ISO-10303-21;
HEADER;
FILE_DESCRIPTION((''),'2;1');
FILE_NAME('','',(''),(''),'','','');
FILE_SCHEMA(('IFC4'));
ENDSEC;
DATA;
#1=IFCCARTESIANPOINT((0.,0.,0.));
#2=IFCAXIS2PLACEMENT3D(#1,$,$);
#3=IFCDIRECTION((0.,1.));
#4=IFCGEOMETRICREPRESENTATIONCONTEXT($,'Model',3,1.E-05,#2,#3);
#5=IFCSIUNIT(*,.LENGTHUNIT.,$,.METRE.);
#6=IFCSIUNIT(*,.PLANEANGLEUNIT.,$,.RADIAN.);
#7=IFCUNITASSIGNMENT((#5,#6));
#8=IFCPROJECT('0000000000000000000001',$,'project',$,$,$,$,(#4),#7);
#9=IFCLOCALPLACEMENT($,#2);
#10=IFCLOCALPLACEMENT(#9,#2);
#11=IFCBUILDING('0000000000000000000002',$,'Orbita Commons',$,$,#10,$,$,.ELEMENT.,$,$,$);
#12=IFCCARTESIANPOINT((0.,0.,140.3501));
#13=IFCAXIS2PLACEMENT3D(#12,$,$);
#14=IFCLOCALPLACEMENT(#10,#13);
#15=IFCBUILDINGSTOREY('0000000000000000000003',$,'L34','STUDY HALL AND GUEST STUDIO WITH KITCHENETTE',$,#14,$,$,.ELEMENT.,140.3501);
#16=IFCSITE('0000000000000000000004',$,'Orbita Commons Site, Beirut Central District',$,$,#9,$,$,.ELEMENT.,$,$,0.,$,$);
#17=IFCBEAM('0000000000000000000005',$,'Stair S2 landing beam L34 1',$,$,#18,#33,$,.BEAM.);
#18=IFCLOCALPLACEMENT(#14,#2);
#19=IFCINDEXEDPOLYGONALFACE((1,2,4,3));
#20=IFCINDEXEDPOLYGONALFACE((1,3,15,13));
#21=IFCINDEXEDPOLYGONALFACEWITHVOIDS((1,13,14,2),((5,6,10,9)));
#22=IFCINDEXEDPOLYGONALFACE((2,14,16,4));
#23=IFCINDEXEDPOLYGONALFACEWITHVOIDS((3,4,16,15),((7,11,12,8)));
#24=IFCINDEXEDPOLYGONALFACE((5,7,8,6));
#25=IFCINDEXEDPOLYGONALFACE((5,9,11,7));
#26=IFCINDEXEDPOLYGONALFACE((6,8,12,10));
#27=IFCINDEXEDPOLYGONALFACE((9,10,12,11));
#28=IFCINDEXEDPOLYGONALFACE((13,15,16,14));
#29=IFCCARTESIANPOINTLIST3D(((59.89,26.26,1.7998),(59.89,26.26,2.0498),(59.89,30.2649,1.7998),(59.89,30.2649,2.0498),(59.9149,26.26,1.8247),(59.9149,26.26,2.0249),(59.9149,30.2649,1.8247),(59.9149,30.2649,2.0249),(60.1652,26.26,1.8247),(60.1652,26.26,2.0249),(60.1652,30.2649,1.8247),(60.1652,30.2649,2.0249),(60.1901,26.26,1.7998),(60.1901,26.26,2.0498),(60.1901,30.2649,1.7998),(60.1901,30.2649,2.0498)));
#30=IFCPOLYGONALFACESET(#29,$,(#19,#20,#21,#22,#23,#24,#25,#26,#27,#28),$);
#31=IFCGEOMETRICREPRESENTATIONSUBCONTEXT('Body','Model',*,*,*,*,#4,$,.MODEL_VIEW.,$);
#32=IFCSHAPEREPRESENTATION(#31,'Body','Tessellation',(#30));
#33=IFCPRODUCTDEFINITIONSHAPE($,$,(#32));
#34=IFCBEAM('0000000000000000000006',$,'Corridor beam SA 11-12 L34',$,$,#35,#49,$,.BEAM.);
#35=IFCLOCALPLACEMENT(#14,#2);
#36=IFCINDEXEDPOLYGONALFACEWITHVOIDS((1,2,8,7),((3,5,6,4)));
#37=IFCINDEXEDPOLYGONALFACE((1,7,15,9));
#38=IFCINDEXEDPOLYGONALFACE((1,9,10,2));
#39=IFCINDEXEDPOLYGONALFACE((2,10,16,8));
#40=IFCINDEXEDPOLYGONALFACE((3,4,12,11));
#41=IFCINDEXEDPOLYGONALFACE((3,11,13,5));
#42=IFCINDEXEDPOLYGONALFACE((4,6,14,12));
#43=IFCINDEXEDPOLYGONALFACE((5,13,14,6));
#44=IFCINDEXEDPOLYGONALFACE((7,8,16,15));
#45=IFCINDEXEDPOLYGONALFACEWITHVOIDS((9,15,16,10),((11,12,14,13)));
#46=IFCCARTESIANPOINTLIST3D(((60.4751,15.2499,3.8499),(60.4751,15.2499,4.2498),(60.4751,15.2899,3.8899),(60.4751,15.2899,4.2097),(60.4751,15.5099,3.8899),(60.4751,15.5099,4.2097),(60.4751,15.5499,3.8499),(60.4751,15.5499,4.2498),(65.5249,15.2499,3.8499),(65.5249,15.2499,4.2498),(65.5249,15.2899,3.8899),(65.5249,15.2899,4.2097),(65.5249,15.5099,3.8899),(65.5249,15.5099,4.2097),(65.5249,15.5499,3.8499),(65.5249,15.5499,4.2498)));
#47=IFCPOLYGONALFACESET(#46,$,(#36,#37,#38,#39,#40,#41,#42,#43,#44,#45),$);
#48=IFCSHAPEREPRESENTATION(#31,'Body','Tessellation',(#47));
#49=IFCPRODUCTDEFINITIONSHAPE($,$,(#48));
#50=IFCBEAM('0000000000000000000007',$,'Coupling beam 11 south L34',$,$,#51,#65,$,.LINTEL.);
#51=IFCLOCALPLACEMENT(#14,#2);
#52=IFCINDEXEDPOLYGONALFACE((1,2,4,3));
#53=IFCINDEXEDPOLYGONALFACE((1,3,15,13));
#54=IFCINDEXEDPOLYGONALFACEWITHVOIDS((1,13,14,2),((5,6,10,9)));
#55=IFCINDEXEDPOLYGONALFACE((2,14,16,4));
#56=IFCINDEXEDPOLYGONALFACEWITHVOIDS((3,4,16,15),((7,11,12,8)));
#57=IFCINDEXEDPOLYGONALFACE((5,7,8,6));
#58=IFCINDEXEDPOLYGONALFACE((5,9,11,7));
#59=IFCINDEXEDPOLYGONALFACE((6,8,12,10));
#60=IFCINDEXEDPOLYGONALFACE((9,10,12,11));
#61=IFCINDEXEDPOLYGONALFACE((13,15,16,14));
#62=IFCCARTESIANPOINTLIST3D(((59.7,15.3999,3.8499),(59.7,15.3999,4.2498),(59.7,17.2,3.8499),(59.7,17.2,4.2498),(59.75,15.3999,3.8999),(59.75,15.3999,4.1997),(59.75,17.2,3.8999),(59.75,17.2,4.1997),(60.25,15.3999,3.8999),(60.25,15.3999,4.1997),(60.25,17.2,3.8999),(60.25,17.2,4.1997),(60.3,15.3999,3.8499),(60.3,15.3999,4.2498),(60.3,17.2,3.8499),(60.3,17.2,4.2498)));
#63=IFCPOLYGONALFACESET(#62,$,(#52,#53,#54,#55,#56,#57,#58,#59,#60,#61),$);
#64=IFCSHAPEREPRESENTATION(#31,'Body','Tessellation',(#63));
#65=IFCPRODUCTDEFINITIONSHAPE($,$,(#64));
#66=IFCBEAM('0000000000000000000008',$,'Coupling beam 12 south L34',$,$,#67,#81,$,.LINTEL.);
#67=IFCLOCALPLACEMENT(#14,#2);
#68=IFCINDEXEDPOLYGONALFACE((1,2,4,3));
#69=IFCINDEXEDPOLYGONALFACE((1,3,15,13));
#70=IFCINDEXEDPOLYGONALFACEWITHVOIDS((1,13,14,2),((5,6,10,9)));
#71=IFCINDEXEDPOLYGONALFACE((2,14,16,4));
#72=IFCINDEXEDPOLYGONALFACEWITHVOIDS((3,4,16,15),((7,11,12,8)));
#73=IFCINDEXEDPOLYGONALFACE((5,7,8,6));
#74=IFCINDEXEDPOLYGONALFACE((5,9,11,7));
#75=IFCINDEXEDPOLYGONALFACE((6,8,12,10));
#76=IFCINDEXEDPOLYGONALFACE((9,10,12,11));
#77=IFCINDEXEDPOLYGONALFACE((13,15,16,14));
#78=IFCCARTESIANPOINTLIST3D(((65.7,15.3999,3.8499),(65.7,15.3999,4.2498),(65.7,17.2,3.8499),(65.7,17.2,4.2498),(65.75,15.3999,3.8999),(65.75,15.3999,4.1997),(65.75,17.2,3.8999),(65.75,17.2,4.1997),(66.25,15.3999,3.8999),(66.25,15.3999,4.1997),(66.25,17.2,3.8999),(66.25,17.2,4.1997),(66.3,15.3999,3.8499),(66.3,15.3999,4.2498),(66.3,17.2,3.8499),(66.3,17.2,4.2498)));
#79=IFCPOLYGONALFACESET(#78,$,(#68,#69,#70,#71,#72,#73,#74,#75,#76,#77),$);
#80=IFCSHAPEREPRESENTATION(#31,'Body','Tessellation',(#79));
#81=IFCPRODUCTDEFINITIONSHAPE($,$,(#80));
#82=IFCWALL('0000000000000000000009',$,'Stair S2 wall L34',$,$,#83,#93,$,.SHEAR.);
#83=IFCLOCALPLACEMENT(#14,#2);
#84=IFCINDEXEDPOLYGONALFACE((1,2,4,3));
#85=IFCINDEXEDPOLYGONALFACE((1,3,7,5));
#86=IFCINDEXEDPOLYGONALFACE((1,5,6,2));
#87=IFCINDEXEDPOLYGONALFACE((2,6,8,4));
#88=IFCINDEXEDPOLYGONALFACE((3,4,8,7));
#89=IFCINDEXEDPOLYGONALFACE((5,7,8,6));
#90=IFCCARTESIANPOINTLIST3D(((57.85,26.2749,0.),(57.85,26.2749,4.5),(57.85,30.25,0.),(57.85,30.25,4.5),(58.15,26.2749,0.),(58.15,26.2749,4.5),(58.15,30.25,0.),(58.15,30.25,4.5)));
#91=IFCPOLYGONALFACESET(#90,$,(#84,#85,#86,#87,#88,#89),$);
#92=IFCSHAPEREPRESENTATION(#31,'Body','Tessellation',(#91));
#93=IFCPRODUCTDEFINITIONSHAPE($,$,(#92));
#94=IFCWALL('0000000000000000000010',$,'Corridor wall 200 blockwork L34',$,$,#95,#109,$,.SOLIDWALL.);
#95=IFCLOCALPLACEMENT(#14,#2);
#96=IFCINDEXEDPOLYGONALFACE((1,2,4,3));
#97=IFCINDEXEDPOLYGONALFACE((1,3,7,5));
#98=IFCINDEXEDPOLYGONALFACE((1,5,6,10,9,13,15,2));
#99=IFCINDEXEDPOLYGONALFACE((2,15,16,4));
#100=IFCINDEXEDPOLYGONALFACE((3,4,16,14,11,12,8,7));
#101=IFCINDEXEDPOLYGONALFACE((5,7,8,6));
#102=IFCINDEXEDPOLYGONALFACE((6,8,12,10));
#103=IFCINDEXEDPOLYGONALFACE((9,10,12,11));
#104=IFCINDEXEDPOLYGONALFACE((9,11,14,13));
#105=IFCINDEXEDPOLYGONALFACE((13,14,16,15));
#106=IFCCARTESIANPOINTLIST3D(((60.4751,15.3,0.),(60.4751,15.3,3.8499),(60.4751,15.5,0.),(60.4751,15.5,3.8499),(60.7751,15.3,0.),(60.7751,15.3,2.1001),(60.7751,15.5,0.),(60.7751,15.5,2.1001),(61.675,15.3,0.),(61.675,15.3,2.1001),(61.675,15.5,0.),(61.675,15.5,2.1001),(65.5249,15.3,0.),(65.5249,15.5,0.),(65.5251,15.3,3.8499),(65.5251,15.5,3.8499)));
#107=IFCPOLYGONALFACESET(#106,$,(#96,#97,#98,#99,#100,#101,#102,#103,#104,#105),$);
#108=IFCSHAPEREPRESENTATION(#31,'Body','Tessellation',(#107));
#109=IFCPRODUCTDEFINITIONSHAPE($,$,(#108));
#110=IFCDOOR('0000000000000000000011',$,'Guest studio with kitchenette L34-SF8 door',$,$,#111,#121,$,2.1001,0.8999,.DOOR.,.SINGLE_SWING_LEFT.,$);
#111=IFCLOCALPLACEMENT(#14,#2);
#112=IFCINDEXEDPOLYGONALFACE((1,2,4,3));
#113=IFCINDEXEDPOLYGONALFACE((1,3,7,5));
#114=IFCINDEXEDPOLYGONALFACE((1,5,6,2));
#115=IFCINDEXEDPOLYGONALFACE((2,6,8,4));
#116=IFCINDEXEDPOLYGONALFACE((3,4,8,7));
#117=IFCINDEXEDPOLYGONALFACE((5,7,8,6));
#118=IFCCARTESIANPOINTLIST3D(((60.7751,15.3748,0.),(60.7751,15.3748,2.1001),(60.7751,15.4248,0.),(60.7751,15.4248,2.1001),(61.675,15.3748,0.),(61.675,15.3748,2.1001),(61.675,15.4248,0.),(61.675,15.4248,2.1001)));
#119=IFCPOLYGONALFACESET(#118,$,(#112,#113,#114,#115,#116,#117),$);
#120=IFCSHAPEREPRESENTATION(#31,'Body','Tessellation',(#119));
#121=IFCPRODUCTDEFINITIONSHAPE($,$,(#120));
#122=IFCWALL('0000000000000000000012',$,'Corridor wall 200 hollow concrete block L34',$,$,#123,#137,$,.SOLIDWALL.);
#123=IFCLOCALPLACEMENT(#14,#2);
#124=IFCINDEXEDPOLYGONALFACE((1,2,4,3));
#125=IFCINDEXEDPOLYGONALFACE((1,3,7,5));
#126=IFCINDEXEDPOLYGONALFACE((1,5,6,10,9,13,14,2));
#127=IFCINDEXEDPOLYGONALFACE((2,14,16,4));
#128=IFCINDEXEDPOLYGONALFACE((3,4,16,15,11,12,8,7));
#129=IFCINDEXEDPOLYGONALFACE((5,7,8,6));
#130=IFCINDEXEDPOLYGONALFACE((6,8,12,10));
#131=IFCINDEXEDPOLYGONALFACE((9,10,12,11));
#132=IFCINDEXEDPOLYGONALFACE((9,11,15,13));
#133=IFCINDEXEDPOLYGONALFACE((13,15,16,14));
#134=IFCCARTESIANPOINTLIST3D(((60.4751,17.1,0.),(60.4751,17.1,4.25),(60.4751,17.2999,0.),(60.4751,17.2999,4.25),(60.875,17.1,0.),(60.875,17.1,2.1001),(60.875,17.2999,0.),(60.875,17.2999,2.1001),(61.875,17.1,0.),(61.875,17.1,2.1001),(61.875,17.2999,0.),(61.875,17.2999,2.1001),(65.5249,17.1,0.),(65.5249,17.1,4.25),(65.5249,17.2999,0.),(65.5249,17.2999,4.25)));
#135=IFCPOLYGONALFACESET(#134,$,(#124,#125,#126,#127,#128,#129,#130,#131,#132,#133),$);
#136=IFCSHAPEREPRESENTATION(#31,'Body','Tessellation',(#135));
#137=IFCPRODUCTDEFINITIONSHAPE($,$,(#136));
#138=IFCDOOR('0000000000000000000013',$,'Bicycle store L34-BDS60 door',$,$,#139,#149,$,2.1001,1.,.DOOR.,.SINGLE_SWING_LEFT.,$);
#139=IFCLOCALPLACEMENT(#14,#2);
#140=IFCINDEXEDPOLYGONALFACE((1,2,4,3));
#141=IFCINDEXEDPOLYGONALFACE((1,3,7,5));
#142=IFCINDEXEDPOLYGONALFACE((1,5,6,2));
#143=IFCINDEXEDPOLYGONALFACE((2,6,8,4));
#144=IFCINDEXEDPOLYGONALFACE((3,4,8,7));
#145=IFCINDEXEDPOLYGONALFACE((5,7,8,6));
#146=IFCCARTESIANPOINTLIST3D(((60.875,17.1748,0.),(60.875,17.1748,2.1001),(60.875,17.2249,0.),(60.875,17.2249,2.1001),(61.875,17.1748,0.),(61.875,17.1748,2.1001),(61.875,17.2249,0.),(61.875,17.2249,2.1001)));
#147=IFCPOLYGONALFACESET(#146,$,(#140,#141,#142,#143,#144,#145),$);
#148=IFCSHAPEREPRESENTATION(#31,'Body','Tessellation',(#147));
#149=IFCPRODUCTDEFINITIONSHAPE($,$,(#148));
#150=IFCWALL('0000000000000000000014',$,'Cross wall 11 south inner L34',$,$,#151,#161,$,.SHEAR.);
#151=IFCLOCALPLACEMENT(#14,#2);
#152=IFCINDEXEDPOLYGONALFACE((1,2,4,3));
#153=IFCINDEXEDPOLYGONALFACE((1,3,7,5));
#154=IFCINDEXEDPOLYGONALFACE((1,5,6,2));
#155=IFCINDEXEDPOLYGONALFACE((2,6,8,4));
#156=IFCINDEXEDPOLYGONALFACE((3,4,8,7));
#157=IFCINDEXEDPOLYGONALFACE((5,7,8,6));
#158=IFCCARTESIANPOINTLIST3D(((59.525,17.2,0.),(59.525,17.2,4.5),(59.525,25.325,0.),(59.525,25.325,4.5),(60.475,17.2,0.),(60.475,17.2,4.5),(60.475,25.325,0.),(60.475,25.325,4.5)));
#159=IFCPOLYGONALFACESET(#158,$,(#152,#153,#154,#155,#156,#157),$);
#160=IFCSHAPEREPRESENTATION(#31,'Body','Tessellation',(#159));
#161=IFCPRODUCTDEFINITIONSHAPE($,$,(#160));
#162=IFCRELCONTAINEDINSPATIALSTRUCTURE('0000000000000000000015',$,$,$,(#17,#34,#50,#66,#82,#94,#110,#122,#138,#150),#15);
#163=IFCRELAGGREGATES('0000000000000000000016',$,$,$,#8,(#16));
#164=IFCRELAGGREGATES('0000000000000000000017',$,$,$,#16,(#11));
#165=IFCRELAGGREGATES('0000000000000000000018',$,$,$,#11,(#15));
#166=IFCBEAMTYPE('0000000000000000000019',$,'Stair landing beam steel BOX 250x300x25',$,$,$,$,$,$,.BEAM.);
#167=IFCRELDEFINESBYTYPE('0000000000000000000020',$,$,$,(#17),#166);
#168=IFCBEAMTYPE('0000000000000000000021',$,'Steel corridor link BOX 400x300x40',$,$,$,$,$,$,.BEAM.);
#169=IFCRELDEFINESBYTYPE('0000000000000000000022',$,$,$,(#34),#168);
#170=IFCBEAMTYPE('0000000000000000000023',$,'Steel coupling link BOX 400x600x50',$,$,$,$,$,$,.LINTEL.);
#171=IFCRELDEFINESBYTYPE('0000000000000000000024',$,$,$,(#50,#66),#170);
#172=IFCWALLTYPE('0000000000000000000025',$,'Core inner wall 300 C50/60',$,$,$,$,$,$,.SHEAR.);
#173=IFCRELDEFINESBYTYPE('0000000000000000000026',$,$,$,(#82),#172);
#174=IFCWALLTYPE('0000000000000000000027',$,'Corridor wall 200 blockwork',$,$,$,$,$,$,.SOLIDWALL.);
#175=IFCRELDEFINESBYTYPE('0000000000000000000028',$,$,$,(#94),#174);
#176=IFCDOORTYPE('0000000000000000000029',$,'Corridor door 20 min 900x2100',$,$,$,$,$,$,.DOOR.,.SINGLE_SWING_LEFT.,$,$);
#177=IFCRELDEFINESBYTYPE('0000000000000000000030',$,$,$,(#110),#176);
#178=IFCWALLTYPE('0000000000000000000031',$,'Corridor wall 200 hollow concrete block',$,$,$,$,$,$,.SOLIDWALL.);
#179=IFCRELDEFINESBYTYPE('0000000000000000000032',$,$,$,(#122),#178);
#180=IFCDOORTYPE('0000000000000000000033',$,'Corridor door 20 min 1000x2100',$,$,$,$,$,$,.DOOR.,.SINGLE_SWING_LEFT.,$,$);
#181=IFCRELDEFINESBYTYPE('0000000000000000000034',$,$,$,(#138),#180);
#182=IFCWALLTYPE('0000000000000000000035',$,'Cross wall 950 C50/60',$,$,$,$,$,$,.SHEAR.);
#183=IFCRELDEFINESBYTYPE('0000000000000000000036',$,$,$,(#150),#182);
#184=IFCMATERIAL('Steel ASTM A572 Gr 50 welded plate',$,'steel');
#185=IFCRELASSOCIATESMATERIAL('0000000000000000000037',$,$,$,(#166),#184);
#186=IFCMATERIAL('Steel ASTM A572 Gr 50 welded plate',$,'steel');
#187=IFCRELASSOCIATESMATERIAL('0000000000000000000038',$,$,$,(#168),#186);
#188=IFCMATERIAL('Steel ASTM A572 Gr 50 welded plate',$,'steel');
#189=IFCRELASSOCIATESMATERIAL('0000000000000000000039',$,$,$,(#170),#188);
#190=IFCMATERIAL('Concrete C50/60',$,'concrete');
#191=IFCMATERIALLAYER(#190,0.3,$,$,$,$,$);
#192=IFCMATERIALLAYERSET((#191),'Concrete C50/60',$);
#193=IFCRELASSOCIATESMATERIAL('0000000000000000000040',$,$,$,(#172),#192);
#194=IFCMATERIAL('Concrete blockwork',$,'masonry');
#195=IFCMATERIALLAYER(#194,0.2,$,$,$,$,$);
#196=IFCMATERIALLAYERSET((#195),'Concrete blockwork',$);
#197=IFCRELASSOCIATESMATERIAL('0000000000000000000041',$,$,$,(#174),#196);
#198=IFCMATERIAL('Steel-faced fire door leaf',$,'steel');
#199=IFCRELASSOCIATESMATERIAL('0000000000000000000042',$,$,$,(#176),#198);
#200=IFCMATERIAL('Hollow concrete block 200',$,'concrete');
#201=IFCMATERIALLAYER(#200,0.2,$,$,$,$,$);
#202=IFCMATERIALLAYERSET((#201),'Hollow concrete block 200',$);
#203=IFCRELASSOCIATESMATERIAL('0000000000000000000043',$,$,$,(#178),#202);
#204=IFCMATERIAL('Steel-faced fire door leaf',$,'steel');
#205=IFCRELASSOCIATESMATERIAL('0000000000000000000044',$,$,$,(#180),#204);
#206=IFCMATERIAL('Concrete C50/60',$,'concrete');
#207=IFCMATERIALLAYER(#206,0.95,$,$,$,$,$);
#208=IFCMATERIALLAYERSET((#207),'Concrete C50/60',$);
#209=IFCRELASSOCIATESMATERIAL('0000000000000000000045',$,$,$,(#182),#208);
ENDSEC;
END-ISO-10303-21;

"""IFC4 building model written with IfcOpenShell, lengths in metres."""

from ifc_helpers import new_model, si_unit, direction, frame, frame_2d, origin, origin_2d, place, context, subcontext, project, spatial, polyline, rectangle, hollow_rectangle, outline, extrude, material, layer, layer_set, material_profile, profile_set, type_object, element, fill, save


model = new_model("IFC4")

# Units and contexts
model_context = context("Model", 3, precision=1e-05, world=origin(), true_north=direction((0.0, 1.0)))
body_context = subcontext(model_context, "Body", "Model", "MODEL_VIEW")
ifc_project = project(units=[si_unit("LENGTHUNIT", "METRE"), si_unit("PLANEANGLEUNIT", "RADIAN")], contexts=[model_context])

# Site, building, storey
site_placement = place(None, origin())
site = spatial("IfcSite", under=ifc_project, at=site_placement, Name="Orbita Commons Site, Beirut Central District", CompositionType="ELEMENT", RefElevation=0.0)
building_placement = place(site_placement, origin())
building = spatial("IfcBuilding", under=site, at=building_placement, Name="Orbita Commons", CompositionType="ELEMENT")
storey_placement = place(building_placement, frame((0.0, 0.0, 140.3501)))
storey = spatial("IfcBuildingStorey", under=building, at=storey_placement, Name="L34", Description="STUDY HALL AND GUEST STUDIO WITH KITCHENETTE", CompositionType="ELEMENT", Elevation=140.3501)

# Beams
ifc_material_1 = material(Name="Steel ASTM A572 Gr 50 welded plate", Category="steel")
ifc_material_profile_1 = material_profile(ifc_material_1, hollow_rectangle(XDim=0.3, YDim=0.25, WallThickness=0.0249, at=origin_2d()), Name="BOX 250x300x25")
ifc_profile_set_1 = profile_set([ifc_material_profile_1], Name="Steel ASTM A572 Gr 50 welded plate")
beam_type_1 = type_object("IfcBeamType", Name="Stair landing beam steel BOX 250x300x25", PredefinedType="BEAM", material=ifc_profile_set_1)
beam_1_placement = place(storey_placement, frame((60.04, 26.26, 1.9248), z_axis=(0.0, 1.0, 0.0), x_axis=(-1.0, 0.0, 0.0)))
element("IfcBeam", 1, at=beam_1_placement, inside=storey, type_object=beam_type_1, Name="Stair S2 landing beam L34 1", PredefinedType="BEAM", context=body_context, shape_type="SweptSolid", body=[
    extrude(hollow_rectangle(XDim=0.3, YDim=0.25, WallThickness=0.0249, at=origin_2d()), origin(), (0.0, 0.0, 1.0), 4.0049),
])
ifc_material_2 = material(Name="Steel ASTM A572 Gr 50 welded plate", Category="steel")
ifc_material_profile_2 = material_profile(ifc_material_2, hollow_rectangle(XDim=0.3, YDim=0.3999, WallThickness=0.04, at=origin_2d()), Name="BOX 400x300x40")
ifc_profile_set_2 = profile_set([ifc_material_profile_2], Name="Steel ASTM A572 Gr 50 welded plate")
beam_type_2 = type_object("IfcBeamType", Name="Steel corridor link BOX 400x300x40", PredefinedType="BEAM", material=ifc_profile_set_2)
beam_2_placement = place(storey_placement, frame((60.4751, 15.3999, 4.0498), z_axis=(1.0, 0.0, 0.0), x_axis=(0.0, 1.0, 0.0)))
element("IfcBeam", 2, at=beam_2_placement, inside=storey, type_object=beam_type_2, Name="Corridor beam SA 11-12 L34", PredefinedType="BEAM", context=body_context, shape_type="SweptSolid", body=[
    extrude(hollow_rectangle(XDim=0.3, YDim=0.3999, WallThickness=0.04, at=origin_2d()), origin(), (0.0, 0.0, 1.0), 5.0498),
])
ifc_material_3 = material(Name="Steel ASTM A572 Gr 50 welded plate", Category="steel")
ifc_material_profile_3 = material_profile(ifc_material_3, hollow_rectangle(XDim=0.6001, YDim=0.3999, WallThickness=0.05, at=origin_2d()), Name="BOX 400x600x50")
ifc_profile_set_3 = profile_set([ifc_material_profile_3], Name="Steel ASTM A572 Gr 50 welded plate")
beam_type_3 = type_object("IfcBeamType", Name="Steel coupling link BOX 400x600x50", PredefinedType="LINTEL", material=ifc_profile_set_3)
for number, where, z_axis, x_axis, name in (
    (3, (60.0, 15.3999, 4.0498), (0.0, 1.0, 0.0), (-1.0, 0.0, 0.0), "Coupling beam 11 south L34"),
    (4, (66.0, 15.3999, 4.0498), (0.0, 1.0, 0.0), (-1.0, 0.0, 0.0), "Coupling beam 12 south L34"),
):
    element("IfcBeam", number, at=place(storey_placement, frame(where, z_axis=z_axis, x_axis=x_axis)), inside=storey, type_object=beam_type_3, Name=name, PredefinedType="LINTEL", context=body_context, shape_type="SweptSolid", body=[
        extrude(hollow_rectangle(XDim=0.6001, YDim=0.3999, WallThickness=0.05, at=origin_2d()), origin(), (0.0, 0.0, 1.0), 1.8),
    ])

# Wall
ifc_material_4 = material(Name="Concrete C50/60", Category="concrete")
ifc_layer_1 = layer(ifc_material_4, 0.3)
ifc_layer_set_1 = layer_set([ifc_layer_1], Name="Concrete C50/60")
wall_type_1 = type_object("IfcWallType", Name="Core inner wall 300 C50/60", PredefinedType="SHEAR", material=ifc_layer_set_1)
wall_1_placement = place(storey_placement, frame((58.0, 26.2749, 0.0), z_axis=(0.0, 0.0, 1.0), x_axis=(0.0, 1.0, 0.0)))
element("IfcWall", 5, at=wall_1_placement, inside=storey, type_object=wall_type_1, Name="Stair S2 wall L34", PredefinedType="SHEAR", context=body_context, shape_type="SweptSolid", body=[
    extrude(rectangle(XDim=3.9751, YDim=0.3, at=frame_2d((1.9875, 0.0))), origin(), (0.0, 0.0, 1.0), 4.5),
])

# Walls, openings, doors
ifc_material_5 = material(Name="Concrete blockwork", Category="masonry")
ifc_layer_2 = layer(ifc_material_5, 0.2)
ifc_layer_set_2 = layer_set([ifc_layer_2], Name="Concrete blockwork")
wall_type_2 = type_object("IfcWallType", Name="Corridor wall 200 blockwork", PredefinedType="SOLIDWALL", material=ifc_layer_set_2)
wall_2_placement = place(storey_placement, frame((60.4751, 15.3999, 0.0), z_axis=(0.0, 0.0, 1.0), x_axis=(1.0, 0.0, 0.0)))
wall_2 = element("IfcWall", 6, at=wall_2_placement, inside=storey, type_object=wall_type_2, Name="Corridor wall 200 blockwork L34", PredefinedType="SOLIDWALL", context=body_context, shape_type="SweptSolid", body=[
    extrude(outline(polyline([(0.0, 0.0), (5.0498, 0.0), (5.05, 3.8499), (0.0, 3.8499), (0.0, 0.0)])), frame((0.0, 0.1001, 0.0), z_axis=(0.0, -1.0, 0.0), x_axis=(1.0, 0.0, 0.0)), (0.0, 0.0, 1.0), 0.2),
])
opening_1_placement = place(wall_2_placement, frame((0.3, 0.0, 0.0)))
opening_1 = element("IfcOpeningElement", 7, at=opening_1_placement, cuts=wall_2, PredefinedType="OPENING", context=body_context, shape_type="SweptSolid", body=[
    extrude(rectangle(XDim=0.8999, YDim=2.1001, at=frame_2d((0.45, 1.05))), frame((0.0, 0.1099, 0.0), z_axis=(0.0, -1.0, 0.0), x_axis=(1.0, 0.0, 0.0)), (0.0, 0.0, 1.0), 0.22),
])
ifc_material_6 = material(Name="Steel-faced fire door leaf", Category="steel")
door_type_1 = type_object("IfcDoorType", Name="Corridor door 20 min 900x2100", OperationType="SINGLE_SWING_LEFT", PredefinedType="DOOR", material=ifc_material_6)
door_1_placement = place(opening_1_placement, origin())
door_1 = element("IfcDoor", 8, at=door_1_placement, inside=storey, type_object=door_type_1, Name="Guest studio with kitchenette L34-SF8 door", OperationType="SINGLE_SWING_LEFT", OverallHeight=2.1001, OverallWidth=0.8999, PredefinedType="DOOR", context=body_context, shape_type="SweptSolid", body=[
    extrude(rectangle(XDim=0.8999, YDim=2.1001, at=frame_2d((0.45, 1.05))), frame((0.0, 0.0249, 0.0), z_axis=(0.0, -1.0, 0.0), x_axis=(1.0, 0.0, 0.0)), (0.0, 0.0, 1.0), 0.05),
])
fill(opening_1, door_1)
ifc_material_7 = material(Name="Hollow concrete block 200", Category="concrete")
ifc_layer_3 = layer(ifc_material_7, 0.2)
ifc_layer_set_3 = layer_set([ifc_layer_3], Name="Hollow concrete block 200")
wall_type_3 = type_object("IfcWallType", Name="Corridor wall 200 hollow concrete block", PredefinedType="SOLIDWALL", material=ifc_layer_set_3)
wall_3_placement = place(storey_placement, frame((60.4751, 17.2, 0.0), z_axis=(0.0, 0.0, 1.0), x_axis=(1.0, 0.0, 0.0)))
wall_3 = element("IfcWall", 9, at=wall_3_placement, inside=storey, type_object=wall_type_3, Name="Corridor wall 200 hollow concrete block L34", PredefinedType="SOLIDWALL", context=body_context, shape_type="SweptSolid", body=[
    extrude(rectangle(XDim=5.0498, YDim=0.2, at=frame_2d((2.5249, 0.0))), origin(), (0.0, 0.0, 1.0), 4.25),
])
opening_2_placement = place(wall_3_placement, frame((0.3999, 0.0, 0.0)))
opening_2 = element("IfcOpeningElement", 10, at=opening_2_placement, cuts=wall_3, PredefinedType="OPENING", context=body_context, shape_type="SweptSolid", body=[
    extrude(rectangle(XDim=1.0, YDim=2.1001, at=frame_2d((0.5, 1.05))), frame((0.0, 0.1099, 0.0), z_axis=(0.0, -1.0, 0.0), x_axis=(1.0, 0.0, 0.0)), (0.0, 0.0, 1.0), 0.22),
])
ifc_material_8 = material(Name="Steel-faced fire door leaf", Category="steel")
door_type_2 = type_object("IfcDoorType", Name="Corridor door 20 min 1000x2100", OperationType="SINGLE_SWING_LEFT", PredefinedType="DOOR", material=ifc_material_8)
door_2_placement = place(opening_2_placement, origin())
door_2 = element("IfcDoor", 11, at=door_2_placement, inside=storey, type_object=door_type_2, Name="Bicycle store L34-BDS60 door", OperationType="SINGLE_SWING_LEFT", OverallHeight=2.1001, OverallWidth=1.0, PredefinedType="DOOR", context=body_context, shape_type="SweptSolid", body=[
    extrude(rectangle(XDim=1.0, YDim=2.1001, at=frame_2d((0.5, 1.05))), frame((0.0, 0.0249, 0.0), z_axis=(0.0, -1.0, 0.0), x_axis=(1.0, 0.0, 0.0)), (0.0, 0.0, 1.0), 0.05),
])
fill(opening_2, door_2)

# Wall
ifc_material_9 = material(Name="Concrete C50/60", Category="concrete")
ifc_layer_4 = layer(ifc_material_9, 0.95)
ifc_layer_set_4 = layer_set([ifc_layer_4], Name="Concrete C50/60")
wall_type_4 = type_object("IfcWallType", Name="Cross wall 950 C50/60", PredefinedType="SHEAR", material=ifc_layer_set_4)
wall_4_placement = place(storey_placement, frame((60.0, 17.2, 0.0), z_axis=(0.0, 0.0, 1.0), x_axis=(0.0, 1.0, 0.0)))
element("IfcWall", 12, at=wall_4_placement, inside=storey, type_object=wall_type_4, Name="Cross wall 11 south inner L34", PredefinedType="SHEAR", context=body_context, shape_type="SweptSolid", body=[
    extrude(rectangle(XDim=8.125, YDim=0.95, at=frame_2d((4.0625, 0.0))), origin(), (0.0, 0.0, 1.0), 4.5),
])

save(model, "model.ifc")
